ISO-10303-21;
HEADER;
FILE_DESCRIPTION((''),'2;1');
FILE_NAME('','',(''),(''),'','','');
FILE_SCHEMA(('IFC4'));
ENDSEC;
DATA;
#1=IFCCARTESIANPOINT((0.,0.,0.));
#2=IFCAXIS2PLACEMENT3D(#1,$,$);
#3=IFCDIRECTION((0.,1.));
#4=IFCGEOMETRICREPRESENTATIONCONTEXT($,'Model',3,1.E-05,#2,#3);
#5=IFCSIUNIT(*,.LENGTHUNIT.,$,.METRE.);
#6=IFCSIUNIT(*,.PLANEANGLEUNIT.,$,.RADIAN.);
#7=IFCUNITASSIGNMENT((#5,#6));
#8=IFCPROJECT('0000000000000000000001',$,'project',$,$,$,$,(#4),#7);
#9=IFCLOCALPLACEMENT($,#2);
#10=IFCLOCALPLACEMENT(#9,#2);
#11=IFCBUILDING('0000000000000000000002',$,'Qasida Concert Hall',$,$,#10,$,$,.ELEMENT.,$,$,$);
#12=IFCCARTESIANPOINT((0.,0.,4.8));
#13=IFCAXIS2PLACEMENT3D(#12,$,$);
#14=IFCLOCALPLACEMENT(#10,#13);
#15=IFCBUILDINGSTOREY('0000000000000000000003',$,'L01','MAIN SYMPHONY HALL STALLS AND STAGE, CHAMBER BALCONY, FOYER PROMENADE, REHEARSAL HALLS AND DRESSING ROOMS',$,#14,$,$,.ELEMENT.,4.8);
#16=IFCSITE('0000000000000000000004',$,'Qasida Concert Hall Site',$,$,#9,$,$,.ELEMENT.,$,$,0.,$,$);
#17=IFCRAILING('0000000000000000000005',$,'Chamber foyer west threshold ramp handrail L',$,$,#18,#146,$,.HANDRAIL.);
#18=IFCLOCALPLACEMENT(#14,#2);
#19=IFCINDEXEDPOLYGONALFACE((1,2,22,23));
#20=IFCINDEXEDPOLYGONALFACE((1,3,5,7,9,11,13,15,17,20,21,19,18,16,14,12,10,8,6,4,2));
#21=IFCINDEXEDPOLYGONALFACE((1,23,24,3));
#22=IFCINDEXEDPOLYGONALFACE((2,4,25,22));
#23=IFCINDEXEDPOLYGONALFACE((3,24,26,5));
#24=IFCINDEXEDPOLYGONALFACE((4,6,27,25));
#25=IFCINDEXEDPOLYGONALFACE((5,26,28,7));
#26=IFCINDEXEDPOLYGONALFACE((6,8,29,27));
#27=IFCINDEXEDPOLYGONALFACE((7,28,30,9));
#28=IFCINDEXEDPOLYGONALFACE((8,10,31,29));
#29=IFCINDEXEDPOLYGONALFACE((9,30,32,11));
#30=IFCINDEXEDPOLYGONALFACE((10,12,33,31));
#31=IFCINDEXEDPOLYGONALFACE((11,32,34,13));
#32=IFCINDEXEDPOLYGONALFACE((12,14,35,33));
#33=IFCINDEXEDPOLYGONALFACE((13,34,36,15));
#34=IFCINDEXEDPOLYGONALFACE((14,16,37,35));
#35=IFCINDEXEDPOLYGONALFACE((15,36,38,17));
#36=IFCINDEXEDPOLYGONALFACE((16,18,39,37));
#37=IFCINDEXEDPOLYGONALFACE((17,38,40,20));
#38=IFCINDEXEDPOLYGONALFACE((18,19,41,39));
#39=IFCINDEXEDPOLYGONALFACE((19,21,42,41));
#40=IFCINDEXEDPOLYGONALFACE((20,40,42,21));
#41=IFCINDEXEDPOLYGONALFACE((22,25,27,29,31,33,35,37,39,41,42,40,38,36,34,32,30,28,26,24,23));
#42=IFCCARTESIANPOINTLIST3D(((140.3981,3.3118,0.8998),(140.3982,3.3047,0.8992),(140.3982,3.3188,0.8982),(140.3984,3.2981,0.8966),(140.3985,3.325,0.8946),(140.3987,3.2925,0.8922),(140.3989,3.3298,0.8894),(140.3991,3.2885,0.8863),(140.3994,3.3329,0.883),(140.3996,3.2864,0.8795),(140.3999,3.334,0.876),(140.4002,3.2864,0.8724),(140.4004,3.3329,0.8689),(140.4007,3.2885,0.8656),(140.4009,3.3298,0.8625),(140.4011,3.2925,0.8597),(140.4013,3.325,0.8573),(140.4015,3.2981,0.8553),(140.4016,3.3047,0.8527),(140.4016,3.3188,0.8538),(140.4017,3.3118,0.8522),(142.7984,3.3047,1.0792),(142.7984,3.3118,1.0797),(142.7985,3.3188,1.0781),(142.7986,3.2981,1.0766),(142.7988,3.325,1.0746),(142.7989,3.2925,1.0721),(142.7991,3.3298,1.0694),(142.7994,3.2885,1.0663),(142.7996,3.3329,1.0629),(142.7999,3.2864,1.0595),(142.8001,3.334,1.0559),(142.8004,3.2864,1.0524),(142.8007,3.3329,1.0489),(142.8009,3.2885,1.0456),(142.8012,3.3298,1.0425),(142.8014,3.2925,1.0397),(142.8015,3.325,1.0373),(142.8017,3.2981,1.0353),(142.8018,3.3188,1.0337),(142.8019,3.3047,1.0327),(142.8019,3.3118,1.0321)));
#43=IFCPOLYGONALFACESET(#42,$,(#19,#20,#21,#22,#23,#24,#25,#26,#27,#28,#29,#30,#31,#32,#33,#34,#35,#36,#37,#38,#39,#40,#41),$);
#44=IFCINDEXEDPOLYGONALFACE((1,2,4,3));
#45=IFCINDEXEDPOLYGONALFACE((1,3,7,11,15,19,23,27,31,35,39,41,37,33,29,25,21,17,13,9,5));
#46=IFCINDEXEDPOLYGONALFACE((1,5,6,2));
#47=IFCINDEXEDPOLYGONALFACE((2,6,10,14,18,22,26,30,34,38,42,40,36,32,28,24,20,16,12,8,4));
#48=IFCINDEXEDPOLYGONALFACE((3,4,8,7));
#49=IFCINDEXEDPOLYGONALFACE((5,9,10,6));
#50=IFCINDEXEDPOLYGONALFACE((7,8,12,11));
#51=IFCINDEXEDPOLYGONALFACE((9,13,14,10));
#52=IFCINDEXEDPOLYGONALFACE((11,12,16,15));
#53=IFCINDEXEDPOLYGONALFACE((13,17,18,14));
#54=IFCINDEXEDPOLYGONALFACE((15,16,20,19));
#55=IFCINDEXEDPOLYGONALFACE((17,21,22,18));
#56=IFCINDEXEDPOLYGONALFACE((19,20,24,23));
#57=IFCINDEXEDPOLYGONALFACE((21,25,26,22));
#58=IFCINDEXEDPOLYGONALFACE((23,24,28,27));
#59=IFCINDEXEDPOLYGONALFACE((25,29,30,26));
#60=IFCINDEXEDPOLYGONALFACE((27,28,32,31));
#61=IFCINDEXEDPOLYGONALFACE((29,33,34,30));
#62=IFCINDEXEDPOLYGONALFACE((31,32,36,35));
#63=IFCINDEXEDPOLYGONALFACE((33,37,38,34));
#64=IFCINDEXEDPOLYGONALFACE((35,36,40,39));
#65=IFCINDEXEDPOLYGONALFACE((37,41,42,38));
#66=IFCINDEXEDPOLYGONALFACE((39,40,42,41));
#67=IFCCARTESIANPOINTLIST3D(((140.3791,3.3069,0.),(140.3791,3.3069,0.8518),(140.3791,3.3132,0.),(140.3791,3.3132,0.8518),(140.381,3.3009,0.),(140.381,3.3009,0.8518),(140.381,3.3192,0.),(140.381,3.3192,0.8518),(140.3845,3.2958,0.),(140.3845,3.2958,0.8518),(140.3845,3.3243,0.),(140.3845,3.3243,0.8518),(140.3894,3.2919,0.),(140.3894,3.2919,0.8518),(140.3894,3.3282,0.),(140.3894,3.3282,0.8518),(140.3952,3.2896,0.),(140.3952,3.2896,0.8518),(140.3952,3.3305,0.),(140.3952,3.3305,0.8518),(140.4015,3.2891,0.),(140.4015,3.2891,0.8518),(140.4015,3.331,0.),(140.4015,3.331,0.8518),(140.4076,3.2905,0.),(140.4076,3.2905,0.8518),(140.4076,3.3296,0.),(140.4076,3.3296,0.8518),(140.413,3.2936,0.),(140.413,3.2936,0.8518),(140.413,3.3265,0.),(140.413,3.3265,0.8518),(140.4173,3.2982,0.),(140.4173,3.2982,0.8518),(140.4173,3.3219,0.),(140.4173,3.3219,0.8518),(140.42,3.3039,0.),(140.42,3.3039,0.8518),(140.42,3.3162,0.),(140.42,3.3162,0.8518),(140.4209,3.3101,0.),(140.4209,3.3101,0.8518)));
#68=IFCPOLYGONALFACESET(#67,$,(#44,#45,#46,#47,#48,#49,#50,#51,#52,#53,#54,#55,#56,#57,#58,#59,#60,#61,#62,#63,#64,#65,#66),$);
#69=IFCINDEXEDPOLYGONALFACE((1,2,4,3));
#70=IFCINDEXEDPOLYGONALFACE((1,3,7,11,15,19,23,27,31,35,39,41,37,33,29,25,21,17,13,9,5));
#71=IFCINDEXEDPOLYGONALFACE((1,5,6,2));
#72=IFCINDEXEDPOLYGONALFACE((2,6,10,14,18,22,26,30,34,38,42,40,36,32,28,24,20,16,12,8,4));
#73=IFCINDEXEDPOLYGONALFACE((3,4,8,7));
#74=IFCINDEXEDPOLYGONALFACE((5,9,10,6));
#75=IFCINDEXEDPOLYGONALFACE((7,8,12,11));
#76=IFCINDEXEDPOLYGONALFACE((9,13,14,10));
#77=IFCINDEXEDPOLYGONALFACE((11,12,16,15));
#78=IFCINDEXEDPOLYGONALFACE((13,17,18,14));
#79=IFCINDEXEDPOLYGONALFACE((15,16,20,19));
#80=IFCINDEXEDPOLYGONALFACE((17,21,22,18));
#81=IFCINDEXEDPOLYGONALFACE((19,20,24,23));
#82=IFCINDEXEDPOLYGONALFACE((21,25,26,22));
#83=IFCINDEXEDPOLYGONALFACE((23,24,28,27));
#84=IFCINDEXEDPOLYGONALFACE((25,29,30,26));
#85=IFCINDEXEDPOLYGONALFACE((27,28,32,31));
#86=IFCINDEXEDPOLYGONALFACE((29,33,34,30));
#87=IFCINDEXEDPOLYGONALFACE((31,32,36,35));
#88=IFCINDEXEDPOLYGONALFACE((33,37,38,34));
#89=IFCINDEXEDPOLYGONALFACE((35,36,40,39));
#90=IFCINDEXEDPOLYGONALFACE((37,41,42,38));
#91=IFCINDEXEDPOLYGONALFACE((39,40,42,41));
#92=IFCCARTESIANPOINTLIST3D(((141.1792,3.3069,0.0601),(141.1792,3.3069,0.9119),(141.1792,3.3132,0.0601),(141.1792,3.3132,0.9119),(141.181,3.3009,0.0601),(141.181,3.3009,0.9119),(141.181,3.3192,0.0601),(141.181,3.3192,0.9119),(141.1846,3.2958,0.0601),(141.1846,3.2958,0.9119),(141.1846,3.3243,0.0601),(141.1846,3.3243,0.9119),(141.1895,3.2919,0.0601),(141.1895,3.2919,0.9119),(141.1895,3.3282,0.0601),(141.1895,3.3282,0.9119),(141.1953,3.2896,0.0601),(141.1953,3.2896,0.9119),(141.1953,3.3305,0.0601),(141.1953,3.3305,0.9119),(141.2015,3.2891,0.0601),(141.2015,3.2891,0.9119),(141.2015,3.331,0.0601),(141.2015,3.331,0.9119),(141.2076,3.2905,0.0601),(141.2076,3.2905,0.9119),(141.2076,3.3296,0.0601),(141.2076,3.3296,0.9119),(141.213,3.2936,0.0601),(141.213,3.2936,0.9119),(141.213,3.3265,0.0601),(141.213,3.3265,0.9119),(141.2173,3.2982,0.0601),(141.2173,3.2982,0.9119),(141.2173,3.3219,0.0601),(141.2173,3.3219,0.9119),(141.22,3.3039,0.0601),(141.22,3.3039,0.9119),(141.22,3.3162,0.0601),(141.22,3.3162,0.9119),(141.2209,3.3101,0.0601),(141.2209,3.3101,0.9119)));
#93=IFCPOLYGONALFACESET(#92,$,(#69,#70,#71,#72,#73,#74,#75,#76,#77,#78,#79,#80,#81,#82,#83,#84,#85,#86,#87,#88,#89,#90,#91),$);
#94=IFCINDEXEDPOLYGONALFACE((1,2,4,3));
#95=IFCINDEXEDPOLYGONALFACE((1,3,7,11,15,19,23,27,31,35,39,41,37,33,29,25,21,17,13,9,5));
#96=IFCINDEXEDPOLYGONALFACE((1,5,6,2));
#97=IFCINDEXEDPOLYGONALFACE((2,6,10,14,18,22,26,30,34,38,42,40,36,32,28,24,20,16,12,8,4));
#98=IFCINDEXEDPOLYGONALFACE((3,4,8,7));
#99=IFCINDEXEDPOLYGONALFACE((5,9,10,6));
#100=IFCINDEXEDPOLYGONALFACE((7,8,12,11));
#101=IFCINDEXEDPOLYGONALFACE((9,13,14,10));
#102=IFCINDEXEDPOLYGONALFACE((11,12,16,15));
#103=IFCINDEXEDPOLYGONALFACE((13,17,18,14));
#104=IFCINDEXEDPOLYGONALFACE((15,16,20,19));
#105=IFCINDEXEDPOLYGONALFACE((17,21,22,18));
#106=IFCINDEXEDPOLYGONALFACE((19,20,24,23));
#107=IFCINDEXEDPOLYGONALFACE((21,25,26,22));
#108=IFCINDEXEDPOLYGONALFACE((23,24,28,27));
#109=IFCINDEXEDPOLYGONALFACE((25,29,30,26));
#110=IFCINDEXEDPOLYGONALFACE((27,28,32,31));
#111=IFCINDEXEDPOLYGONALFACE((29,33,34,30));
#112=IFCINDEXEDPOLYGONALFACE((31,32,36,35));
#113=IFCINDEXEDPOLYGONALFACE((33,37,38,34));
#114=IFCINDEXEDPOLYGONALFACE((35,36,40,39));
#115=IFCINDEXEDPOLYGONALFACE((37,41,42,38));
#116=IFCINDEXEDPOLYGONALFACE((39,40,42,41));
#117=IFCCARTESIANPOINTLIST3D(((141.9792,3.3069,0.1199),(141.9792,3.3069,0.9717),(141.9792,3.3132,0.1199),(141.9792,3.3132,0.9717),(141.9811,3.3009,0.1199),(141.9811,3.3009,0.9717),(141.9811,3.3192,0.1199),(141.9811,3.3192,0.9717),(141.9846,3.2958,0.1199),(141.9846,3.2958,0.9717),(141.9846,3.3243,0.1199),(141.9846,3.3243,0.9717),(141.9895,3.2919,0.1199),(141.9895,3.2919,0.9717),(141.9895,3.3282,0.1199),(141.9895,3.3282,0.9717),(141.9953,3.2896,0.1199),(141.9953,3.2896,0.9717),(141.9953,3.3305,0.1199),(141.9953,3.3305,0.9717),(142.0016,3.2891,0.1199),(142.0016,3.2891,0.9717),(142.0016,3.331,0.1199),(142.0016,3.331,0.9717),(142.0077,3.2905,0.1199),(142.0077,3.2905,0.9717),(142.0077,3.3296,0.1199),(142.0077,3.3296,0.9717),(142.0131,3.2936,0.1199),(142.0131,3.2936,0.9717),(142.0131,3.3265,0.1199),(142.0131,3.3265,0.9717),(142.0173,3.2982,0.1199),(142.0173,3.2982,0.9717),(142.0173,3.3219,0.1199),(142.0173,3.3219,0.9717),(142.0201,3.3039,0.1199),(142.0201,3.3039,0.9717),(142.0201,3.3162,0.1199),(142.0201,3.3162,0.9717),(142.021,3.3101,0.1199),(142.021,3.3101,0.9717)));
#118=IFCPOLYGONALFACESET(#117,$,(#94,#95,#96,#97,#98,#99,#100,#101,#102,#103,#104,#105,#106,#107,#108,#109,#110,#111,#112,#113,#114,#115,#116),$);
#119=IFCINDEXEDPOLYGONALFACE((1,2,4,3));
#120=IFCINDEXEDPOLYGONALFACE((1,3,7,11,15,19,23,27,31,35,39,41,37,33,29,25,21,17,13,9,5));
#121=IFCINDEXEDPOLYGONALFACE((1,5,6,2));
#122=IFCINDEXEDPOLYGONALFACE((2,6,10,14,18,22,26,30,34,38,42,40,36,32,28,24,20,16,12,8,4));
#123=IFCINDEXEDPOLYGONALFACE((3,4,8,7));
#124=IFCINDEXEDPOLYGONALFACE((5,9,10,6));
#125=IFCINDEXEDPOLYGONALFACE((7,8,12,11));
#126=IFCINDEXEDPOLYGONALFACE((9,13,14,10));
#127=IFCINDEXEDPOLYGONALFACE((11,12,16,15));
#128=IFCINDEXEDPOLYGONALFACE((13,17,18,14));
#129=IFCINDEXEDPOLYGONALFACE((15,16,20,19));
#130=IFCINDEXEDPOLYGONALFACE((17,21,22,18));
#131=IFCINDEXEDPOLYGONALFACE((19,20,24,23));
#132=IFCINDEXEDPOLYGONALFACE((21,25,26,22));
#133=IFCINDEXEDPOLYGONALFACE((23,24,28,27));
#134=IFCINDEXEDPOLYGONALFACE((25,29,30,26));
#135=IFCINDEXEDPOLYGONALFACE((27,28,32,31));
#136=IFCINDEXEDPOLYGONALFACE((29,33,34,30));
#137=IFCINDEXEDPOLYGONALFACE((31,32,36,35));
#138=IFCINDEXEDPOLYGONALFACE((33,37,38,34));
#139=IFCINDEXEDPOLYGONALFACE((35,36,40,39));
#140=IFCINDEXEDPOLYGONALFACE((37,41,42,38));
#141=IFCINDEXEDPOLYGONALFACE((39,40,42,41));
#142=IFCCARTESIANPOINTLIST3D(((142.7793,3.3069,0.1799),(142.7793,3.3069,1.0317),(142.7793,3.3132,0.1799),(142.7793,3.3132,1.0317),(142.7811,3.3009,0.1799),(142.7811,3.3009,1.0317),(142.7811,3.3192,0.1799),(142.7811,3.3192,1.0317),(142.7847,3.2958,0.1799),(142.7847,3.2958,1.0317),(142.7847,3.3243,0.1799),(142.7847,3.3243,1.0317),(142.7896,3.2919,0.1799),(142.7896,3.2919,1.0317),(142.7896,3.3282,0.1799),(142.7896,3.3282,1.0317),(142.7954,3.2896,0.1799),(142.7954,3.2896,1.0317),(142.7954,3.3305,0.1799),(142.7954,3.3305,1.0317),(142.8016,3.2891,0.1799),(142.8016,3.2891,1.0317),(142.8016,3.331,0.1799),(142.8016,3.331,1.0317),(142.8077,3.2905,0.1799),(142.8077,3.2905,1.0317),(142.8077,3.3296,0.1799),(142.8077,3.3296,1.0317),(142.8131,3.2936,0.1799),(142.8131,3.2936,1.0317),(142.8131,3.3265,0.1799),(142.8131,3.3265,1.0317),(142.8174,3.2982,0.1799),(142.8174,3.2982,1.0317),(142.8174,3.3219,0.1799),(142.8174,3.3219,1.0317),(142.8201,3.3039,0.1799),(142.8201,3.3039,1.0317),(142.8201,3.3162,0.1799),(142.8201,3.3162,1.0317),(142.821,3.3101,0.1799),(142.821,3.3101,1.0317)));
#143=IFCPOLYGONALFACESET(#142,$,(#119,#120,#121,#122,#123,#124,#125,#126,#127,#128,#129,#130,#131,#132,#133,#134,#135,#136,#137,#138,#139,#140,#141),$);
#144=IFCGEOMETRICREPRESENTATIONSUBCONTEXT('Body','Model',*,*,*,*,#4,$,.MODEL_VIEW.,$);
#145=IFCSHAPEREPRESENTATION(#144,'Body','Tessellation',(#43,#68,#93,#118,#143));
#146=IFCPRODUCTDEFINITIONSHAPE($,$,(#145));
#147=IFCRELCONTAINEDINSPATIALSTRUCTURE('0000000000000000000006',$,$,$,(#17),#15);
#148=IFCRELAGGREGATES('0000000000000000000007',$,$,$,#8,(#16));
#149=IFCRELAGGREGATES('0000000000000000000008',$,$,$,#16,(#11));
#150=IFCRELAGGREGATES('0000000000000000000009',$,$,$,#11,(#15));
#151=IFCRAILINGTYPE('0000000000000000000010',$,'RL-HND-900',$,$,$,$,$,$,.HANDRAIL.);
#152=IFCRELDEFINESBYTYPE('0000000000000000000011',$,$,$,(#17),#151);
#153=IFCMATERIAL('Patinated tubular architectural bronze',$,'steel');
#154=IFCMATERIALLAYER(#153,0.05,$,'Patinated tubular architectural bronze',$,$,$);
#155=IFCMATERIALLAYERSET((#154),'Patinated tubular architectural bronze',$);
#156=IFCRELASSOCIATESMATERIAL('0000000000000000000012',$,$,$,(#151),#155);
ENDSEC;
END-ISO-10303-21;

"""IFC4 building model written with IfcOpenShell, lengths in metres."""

from ifc_helpers import new_model, si_unit, direction, frame, origin, origin_2d, place, context, subcontext, project, spatial, circle, extrude, material, layer, layer_set, type_object, element, save


model = new_model("IFC4")

# Units and contexts
model_context = context("Model", 3, precision=1e-05, world=origin(), true_north=direction((0.0, 1.0)))
body_context = subcontext(model_context, "Body", "Model", "MODEL_VIEW")
ifc_project = project(units=[si_unit("LENGTHUNIT", "METRE"), si_unit("PLANEANGLEUNIT", "RADIAN")], contexts=[model_context])

# Site, building, storey
site_placement = place(None, origin())
site = spatial("IfcSite", under=ifc_project, at=site_placement, Name="Qasida Concert Hall Site", CompositionType="ELEMENT", RefElevation=0.0)
building_placement = place(site_placement, origin())
building = spatial("IfcBuilding", under=site, at=building_placement, Name="Qasida Concert Hall", CompositionType="ELEMENT")
storey_placement = place(building_placement, frame((0.0, 0.0, 4.8)))
storey = spatial("IfcBuildingStorey", under=building, at=storey_placement, Name="L01", Description="MAIN SYMPHONY HALL STALLS AND STAGE, CHAMBER BALCONY, FOYER PROMENADE, REHEARSAL HALLS AND DRESSING ROOMS", CompositionType="ELEMENT", Elevation=4.8)

# Railing
ifc_material_1 = material(Name="Patinated tubular architectural bronze", Category="steel")
ifc_layer_1 = layer(ifc_material_1, 0.05, Name="Patinated tubular architectural bronze")
ifc_layer_set_1 = layer_set([ifc_layer_1], Name="Patinated tubular architectural bronze")
railing_type_1 = type_object("IfcRailingType", Name="RL-HND-900", PredefinedType="HANDRAIL", material=ifc_layer_set_1)
for number, where, name in (
    (1, (140.3999, 3.3101, 0.0), "Chamber foyer west threshold ramp handrail L"),
):
    element("IfcRailing", number, at=place(storey_placement, frame(where)), inside=storey, type_object=railing_type_1, Name=name, PredefinedType="HANDRAIL", context=body_context, shape_type="SweptSolid", body=[
        extrude(circle(Radius=0.0239, at=origin_2d()), frame((0.0, 0.0, 0.876), z_axis=(0.997202, 0.0, 0.074757), x_axis=(0.0, 1.0, 0.0)), (0.0, 0.0, 1.0), 2.407),
        extrude(circle(Radius=0.021, at=origin_2d()), origin(), (0.0, 0.0, 1.0), 0.8518),
        extrude(circle(Radius=0.021, at=origin_2d()), frame((0.8, 0.0, 0.0601)), (0.0, 0.0, 1.0), 0.8518),
        extrude(circle(Radius=0.021, at=origin_2d()), frame((1.6001, 0.0, 0.1199)), (0.0, 0.0, 1.0), 0.8518),
        extrude(circle(Radius=0.021, at=origin_2d()), frame((2.4001, 0.0, 0.1799)), (0.0, 0.0, 1.0), 0.8518),
    ])

save(model, "model.ifc")
